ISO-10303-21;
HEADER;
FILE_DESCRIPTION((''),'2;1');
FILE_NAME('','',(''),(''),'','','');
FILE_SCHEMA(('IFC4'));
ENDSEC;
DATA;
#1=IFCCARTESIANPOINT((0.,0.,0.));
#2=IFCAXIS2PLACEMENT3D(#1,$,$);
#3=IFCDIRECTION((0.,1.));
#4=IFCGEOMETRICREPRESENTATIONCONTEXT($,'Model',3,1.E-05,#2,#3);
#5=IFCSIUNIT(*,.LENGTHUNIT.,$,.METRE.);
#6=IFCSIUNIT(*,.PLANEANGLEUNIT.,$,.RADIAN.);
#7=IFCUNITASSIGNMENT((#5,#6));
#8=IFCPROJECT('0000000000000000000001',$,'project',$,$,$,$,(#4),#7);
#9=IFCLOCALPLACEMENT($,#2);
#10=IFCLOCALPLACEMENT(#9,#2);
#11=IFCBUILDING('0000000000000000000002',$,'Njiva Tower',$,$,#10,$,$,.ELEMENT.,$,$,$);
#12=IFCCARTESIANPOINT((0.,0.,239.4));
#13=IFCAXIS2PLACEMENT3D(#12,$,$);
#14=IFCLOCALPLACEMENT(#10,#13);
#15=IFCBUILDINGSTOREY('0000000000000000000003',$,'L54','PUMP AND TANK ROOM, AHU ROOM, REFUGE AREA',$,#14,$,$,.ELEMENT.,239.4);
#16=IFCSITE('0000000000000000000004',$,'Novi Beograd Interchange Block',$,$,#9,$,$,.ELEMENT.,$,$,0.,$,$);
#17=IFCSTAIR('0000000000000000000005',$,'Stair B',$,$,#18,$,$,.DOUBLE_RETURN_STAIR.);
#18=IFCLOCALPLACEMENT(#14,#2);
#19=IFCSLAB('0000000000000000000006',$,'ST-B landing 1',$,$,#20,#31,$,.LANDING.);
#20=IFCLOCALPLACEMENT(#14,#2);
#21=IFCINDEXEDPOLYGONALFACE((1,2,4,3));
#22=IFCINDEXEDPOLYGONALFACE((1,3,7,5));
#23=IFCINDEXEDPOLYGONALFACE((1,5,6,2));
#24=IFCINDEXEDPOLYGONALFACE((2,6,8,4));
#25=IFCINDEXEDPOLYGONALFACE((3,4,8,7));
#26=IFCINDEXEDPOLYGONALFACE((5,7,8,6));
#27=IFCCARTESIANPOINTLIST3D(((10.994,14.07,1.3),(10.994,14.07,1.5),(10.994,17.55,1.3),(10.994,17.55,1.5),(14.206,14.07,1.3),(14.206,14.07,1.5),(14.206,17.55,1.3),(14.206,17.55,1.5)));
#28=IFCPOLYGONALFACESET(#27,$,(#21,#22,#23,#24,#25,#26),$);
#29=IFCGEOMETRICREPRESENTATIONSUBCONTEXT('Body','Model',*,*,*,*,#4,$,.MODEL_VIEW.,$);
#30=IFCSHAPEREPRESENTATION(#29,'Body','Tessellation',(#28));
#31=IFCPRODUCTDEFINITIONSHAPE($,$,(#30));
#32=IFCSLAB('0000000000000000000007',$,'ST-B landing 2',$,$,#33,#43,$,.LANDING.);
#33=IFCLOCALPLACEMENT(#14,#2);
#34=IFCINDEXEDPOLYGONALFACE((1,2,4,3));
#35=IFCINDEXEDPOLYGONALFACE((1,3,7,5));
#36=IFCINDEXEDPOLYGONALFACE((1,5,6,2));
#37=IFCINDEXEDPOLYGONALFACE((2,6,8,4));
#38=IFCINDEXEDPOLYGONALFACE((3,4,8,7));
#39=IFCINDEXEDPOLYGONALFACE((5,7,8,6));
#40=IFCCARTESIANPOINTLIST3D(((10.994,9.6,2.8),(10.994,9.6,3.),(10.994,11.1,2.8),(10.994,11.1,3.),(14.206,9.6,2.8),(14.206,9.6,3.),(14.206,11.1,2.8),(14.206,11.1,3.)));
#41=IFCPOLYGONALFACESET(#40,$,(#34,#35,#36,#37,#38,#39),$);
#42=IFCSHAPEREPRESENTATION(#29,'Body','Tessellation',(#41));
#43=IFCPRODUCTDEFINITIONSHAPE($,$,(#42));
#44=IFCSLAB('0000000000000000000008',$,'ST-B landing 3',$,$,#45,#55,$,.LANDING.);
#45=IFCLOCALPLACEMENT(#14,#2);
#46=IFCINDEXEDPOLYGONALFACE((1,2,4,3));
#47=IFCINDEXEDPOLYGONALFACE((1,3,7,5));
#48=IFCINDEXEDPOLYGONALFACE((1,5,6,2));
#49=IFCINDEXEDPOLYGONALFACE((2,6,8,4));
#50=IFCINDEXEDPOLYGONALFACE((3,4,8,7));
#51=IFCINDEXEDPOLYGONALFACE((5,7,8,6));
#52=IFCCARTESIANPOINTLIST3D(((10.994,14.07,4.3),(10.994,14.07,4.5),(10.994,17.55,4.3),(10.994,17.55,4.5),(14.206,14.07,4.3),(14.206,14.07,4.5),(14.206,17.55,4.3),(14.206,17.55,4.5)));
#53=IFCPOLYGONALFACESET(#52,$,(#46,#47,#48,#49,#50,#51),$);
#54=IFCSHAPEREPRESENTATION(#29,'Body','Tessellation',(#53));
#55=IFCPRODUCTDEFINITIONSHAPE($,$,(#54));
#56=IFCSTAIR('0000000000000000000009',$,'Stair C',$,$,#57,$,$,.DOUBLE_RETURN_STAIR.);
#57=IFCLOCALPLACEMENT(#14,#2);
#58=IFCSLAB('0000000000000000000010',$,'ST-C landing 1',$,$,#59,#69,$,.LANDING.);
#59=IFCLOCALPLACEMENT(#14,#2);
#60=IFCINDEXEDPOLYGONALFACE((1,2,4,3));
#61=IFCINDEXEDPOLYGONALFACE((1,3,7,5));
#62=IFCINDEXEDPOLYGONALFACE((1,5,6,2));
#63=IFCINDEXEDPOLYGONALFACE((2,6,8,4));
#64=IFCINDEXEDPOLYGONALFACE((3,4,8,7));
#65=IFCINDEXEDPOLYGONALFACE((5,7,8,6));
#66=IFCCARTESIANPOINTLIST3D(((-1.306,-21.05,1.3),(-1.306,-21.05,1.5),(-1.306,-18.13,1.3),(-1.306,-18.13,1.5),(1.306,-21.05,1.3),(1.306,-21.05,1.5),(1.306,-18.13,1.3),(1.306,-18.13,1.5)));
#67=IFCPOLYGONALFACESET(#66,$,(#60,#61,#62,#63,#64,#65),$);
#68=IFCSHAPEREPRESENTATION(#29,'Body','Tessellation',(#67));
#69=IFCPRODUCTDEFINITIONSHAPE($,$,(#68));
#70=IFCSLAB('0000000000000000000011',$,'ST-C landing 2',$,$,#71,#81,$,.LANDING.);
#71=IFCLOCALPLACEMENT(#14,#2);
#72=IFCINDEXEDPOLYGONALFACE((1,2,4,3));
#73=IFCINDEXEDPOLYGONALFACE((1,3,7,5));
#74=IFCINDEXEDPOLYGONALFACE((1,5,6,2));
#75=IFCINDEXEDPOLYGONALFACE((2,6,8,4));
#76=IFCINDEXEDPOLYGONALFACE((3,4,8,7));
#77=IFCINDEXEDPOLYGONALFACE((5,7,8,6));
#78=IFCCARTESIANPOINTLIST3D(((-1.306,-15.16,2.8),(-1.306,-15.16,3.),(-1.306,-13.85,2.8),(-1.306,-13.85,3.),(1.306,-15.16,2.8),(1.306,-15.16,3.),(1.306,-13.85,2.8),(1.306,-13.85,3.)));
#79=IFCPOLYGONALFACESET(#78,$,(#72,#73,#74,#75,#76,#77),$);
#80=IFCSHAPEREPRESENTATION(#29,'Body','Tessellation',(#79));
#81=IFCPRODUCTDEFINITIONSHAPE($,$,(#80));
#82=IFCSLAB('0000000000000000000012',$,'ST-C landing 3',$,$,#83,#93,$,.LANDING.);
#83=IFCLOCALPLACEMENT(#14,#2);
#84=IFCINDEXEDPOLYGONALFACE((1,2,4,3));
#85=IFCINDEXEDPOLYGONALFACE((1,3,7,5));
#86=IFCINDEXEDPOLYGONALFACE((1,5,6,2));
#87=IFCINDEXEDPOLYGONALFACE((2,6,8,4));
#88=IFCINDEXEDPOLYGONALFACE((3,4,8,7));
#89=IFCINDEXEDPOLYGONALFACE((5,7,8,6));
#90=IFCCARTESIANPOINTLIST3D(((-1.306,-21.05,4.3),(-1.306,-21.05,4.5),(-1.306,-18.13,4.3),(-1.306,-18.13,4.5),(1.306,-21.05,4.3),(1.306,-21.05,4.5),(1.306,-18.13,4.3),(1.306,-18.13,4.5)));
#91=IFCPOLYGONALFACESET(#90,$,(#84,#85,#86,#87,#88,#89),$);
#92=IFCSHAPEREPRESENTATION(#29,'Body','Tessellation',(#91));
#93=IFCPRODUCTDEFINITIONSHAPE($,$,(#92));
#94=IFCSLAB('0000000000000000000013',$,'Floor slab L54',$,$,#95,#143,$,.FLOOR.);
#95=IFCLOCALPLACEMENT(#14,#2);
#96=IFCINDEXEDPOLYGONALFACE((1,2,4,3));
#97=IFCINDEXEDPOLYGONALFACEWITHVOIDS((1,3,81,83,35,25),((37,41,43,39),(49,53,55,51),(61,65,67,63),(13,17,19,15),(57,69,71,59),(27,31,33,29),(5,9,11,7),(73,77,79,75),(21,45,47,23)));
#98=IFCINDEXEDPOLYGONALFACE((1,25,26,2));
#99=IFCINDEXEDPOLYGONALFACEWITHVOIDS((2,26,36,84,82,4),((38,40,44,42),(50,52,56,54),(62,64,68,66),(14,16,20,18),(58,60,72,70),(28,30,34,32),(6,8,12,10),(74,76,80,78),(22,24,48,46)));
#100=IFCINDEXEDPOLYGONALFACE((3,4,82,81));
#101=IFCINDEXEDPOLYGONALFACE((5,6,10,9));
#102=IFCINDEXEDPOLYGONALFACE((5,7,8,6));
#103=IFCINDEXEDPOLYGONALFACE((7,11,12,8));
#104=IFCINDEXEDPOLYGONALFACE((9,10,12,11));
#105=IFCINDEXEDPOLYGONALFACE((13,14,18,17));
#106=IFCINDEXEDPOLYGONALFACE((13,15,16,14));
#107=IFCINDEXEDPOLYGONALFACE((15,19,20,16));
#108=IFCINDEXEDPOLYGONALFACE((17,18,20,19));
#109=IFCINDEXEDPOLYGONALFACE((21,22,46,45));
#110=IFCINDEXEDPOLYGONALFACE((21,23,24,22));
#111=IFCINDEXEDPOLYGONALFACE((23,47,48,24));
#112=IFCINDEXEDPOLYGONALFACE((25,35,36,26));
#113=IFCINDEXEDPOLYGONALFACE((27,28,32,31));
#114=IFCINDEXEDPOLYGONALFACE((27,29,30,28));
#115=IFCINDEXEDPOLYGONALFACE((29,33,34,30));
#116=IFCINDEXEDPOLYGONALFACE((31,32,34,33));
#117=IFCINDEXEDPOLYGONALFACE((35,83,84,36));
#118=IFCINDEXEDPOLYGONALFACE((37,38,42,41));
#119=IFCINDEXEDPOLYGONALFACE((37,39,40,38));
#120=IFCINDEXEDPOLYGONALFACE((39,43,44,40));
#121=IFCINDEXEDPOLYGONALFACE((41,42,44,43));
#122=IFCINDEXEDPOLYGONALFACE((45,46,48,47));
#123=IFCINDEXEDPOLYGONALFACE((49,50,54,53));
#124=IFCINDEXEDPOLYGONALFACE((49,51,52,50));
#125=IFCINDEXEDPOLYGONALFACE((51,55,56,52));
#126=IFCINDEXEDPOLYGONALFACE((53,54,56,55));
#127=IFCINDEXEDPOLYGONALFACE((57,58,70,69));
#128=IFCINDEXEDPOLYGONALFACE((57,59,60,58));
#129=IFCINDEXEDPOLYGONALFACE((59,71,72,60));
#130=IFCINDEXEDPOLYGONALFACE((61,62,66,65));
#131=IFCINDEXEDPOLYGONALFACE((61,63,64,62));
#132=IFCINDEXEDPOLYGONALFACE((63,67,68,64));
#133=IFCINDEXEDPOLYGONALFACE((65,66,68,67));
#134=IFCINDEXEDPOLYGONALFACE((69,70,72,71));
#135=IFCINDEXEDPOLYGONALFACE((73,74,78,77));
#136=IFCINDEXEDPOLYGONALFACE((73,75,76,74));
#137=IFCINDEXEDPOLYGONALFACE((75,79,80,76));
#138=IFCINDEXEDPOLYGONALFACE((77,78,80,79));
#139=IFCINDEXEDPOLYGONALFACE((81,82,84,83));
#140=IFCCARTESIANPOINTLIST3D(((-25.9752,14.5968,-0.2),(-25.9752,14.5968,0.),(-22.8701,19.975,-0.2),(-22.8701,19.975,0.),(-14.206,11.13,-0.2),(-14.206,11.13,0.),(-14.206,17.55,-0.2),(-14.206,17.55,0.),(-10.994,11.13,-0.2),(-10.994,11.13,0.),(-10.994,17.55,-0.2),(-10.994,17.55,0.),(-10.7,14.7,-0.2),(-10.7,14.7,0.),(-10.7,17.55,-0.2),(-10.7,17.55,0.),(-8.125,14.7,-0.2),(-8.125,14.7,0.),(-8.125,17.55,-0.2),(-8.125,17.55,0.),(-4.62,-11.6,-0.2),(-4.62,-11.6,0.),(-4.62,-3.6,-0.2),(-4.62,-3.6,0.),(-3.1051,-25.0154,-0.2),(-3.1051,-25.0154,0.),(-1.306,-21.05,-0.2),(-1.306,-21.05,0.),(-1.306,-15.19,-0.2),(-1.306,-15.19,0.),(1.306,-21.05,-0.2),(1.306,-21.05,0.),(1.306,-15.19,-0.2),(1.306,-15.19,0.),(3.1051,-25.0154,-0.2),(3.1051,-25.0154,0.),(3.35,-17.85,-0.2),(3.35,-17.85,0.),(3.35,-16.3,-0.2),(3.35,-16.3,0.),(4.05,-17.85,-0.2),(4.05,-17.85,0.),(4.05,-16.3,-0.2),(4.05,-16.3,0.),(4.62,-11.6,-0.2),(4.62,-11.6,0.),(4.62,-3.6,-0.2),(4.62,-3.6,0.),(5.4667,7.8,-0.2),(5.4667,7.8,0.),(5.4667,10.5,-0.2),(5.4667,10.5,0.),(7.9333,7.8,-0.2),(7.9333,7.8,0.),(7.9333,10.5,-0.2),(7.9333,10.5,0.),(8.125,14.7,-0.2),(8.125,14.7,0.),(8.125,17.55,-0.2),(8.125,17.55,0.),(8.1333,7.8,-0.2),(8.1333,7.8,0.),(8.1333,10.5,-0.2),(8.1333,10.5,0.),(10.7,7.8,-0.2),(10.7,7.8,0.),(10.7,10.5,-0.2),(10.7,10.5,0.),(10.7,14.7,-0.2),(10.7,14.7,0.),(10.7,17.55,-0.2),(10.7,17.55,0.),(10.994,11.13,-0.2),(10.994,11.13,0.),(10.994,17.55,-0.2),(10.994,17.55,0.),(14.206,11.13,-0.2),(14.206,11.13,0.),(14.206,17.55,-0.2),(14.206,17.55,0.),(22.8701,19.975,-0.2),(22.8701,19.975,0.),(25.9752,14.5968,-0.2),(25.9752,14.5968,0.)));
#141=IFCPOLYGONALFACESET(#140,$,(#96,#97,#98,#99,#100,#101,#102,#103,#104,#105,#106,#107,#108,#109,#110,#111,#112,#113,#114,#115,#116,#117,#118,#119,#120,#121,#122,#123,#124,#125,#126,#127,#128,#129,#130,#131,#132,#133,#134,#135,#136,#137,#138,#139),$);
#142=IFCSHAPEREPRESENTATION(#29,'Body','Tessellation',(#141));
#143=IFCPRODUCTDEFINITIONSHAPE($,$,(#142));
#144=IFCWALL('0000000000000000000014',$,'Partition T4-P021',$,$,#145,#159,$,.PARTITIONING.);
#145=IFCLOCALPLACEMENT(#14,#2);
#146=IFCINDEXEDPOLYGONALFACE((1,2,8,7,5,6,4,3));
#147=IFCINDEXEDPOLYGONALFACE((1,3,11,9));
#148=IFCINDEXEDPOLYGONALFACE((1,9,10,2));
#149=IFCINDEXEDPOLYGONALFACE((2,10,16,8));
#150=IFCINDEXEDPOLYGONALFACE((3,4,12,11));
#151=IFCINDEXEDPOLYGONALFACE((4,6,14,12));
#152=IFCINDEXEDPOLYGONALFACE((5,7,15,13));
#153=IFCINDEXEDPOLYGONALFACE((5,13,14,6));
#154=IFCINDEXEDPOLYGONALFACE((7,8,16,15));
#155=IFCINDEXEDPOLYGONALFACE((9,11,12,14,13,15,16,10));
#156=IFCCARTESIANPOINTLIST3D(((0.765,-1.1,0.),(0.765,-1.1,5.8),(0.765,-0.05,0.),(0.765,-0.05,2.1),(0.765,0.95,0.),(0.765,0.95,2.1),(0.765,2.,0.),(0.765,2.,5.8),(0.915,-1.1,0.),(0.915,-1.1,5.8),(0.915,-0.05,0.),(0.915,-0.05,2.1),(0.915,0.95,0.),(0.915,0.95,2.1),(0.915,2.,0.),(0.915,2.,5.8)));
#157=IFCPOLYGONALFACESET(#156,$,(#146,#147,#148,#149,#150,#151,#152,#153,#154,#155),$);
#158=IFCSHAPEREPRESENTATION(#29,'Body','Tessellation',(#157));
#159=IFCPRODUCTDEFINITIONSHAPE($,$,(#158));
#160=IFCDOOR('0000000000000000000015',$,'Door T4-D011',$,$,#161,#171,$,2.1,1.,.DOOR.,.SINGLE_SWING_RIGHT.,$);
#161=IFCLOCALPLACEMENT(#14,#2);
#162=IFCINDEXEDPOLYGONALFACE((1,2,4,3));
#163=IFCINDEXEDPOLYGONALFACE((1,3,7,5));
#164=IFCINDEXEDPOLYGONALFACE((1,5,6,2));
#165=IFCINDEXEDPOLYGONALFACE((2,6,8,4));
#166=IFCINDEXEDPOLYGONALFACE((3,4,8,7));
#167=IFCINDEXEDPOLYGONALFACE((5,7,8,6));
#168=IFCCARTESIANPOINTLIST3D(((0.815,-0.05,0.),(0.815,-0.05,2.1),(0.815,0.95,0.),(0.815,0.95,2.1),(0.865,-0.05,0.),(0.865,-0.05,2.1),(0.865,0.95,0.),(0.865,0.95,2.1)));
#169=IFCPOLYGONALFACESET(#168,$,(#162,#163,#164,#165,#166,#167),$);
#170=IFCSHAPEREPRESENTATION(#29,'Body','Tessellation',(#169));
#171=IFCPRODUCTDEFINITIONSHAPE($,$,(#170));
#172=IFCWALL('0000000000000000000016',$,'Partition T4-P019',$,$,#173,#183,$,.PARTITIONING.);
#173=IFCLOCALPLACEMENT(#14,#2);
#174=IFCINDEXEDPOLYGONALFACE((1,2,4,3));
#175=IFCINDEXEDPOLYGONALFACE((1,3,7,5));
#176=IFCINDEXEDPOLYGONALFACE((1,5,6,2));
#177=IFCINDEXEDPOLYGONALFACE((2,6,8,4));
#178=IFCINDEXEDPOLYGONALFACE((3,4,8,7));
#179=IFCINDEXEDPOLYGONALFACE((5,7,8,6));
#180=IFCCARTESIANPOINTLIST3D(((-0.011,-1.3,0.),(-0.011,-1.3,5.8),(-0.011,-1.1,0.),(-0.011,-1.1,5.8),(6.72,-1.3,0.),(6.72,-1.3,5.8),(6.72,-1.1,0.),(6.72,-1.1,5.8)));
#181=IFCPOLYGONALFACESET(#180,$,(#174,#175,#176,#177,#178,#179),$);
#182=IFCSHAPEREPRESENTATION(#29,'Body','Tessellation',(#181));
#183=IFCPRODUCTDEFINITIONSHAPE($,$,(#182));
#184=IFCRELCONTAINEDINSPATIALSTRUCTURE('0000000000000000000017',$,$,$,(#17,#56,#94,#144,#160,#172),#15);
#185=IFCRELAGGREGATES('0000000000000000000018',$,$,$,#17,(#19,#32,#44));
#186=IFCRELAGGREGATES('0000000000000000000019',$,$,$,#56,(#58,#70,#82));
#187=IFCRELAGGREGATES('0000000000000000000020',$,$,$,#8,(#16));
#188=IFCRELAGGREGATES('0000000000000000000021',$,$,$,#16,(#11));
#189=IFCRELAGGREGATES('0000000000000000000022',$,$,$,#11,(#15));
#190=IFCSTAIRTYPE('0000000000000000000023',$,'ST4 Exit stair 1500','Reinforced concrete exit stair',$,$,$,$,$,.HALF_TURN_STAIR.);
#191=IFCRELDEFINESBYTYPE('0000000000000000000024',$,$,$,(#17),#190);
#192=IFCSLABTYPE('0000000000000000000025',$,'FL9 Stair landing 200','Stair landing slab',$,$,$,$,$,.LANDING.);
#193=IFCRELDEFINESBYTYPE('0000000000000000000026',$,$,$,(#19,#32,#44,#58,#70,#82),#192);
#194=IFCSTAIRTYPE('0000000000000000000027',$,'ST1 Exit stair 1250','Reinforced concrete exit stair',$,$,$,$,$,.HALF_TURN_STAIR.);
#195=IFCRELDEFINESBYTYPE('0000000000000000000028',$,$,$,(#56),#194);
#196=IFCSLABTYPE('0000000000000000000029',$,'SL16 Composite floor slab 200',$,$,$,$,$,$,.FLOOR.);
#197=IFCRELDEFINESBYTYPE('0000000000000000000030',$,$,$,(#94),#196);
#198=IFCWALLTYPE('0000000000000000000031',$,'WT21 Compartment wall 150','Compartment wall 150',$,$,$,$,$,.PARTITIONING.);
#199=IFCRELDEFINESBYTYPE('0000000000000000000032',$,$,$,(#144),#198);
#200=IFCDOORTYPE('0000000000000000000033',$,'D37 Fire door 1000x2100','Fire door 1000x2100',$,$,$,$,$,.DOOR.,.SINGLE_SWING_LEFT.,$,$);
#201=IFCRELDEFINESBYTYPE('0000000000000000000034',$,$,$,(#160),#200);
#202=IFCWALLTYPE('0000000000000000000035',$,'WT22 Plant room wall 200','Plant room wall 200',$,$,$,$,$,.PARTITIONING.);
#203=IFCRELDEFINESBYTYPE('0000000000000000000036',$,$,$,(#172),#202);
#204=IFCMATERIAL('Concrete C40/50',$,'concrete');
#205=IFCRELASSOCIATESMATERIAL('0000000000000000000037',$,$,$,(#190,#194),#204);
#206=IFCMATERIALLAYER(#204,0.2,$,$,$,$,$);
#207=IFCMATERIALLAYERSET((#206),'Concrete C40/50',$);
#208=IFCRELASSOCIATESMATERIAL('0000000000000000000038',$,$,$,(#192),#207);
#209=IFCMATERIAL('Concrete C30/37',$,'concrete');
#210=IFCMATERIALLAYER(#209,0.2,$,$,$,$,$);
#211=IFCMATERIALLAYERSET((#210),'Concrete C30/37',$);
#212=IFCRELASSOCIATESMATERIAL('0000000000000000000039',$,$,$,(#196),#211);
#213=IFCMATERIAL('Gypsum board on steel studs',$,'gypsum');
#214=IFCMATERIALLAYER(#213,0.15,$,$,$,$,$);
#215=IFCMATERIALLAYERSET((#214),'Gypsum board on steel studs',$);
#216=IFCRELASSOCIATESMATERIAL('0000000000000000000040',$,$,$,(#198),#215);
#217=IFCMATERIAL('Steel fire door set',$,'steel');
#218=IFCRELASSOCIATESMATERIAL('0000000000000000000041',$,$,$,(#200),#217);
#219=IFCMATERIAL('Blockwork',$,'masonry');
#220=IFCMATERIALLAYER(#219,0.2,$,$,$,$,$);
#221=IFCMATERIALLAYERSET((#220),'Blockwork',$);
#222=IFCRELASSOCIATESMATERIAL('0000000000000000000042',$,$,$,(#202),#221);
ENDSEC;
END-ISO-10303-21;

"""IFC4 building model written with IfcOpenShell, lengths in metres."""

from ifc_helpers import new_model, si_unit, direction, frame, frame_2d, origin, place, context, subcontext, project, spatial, polyline, rectangle, outline, extrude, material, layer, layer_set, type_object, element, fill, aggregate, save


model = new_model("IFC4")

# Units and contexts
model_context = context("Model", 3, precision=1e-05, world=origin(), true_north=direction((0.0, 1.0)))
body_context = subcontext(model_context, "Body", "Model", "MODEL_VIEW")
ifc_project = project(units=[si_unit("LENGTHUNIT", "METRE"), si_unit("PLANEANGLEUNIT", "RADIAN")], contexts=[model_context])

# Site, building, storey
site_placement = place(None, origin())
site = spatial("IfcSite", under=ifc_project, at=site_placement, Name="Novi Beograd Interchange Block", CompositionType="ELEMENT", RefElevation=0.0)
building_placement = place(site_placement, origin())
building = spatial("IfcBuilding", under=site, at=building_placement, Name="Njiva Tower", CompositionType="ELEMENT")
storey_placement = place(building_placement, frame((0.0, 0.0, 239.4)))
storey = spatial("IfcBuildingStorey", under=building, at=storey_placement, Name="L54", Description="PUMP AND TANK ROOM, AHU ROOM, REFUGE AREA", CompositionType="ELEMENT", Elevation=239.4)

# Stairs, slabs
ifc_material_1 = material(Name="Concrete C40/50", Category="concrete")
stair_type_1 = type_object("IfcStairType", Name="ST4 Exit stair 1500", Description="Reinforced concrete exit stair", PredefinedType="HALF_TURN_STAIR", material=ifc_material_1)
ifc_layer_1 = layer(ifc_material_1, 0.2)
ifc_layer_set_1 = layer_set([ifc_layer_1], Name="Concrete C40/50")
slab_type_1 = type_object("IfcSlabType", Name="FL9 Stair landing 200", Description="Stair landing slab", PredefinedType="LANDING", material=ifc_layer_set_1)
stair_1_placement = place(storey_placement, origin())
stair_1 = element("IfcStair", 1, at=stair_1_placement, inside=storey, type_object=stair_type_1, Name="Stair B", PredefinedType="DOUBLE_RETURN_STAIR")
slab_1_placement = place(storey_placement, frame((0.0, 0.0, 1.3)))
slab_1 = element("IfcSlab", 2, at=slab_1_placement, type_object=slab_type_1, Name="ST-B landing 1", PredefinedType="LANDING", context=body_context, shape_type="SweptSolid", body=[
    extrude(outline(polyline([(10.994, 14.07), (14.206, 14.07), (14.206, 17.55), (10.994, 17.55), (10.994, 14.07)])), origin(), (0.0, 0.0, 1.0), 0.2),
])
slab_2_placement = place(storey_placement, frame((0.0, 0.0, 2.8)))
slab_2 = element("IfcSlab", 3, at=slab_2_placement, type_object=slab_type_1, Name="ST-B landing 2", PredefinedType="LANDING", context=body_context, shape_type="SweptSolid", body=[
    extrude(outline(polyline([(10.994, 9.6), (14.206, 9.6), (14.206, 11.1), (10.994, 11.1), (10.994, 9.6)])), origin(), (0.0, 0.0, 1.0), 0.2),
])
slab_3_placement = place(storey_placement, frame((0.0, 0.0, 4.3)))
slab_3 = element("IfcSlab", 4, at=slab_3_placement, type_object=slab_type_1, Name="ST-B landing 3", PredefinedType="LANDING", context=body_context, shape_type="SweptSolid", body=[
    extrude(outline(polyline([(10.994, 14.07), (14.206, 14.07), (14.206, 17.55), (10.994, 17.55), (10.994, 14.07)])), origin(), (0.0, 0.0, 1.0), 0.2),
])
aggregate(stair_1, [slab_1, slab_2, slab_3])
stair_type_2 = type_object("IfcStairType", Name="ST1 Exit stair 1250", Description="Reinforced concrete exit stair", PredefinedType="HALF_TURN_STAIR", material=ifc_material_1)
stair_2_placement = place(storey_placement, origin())
stair_2 = element("IfcStair", 5, at=stair_2_placement, inside=storey, type_object=stair_type_2, Name="Stair C", PredefinedType="DOUBLE_RETURN_STAIR")
slab_4_placement = place(storey_placement, frame((0.0, 0.0, 1.3)))
slab_4 = element("IfcSlab", 6, at=slab_4_placement, type_object=slab_type_1, Name="ST-C landing 1", PredefinedType="LANDING", context=body_context, shape_type="SweptSolid", body=[
    extrude(outline(polyline([(-1.306, -21.05), (1.306, -21.05), (1.306, -18.13), (-1.306, -18.13), (-1.306, -21.05)])), origin(), (0.0, 0.0, 1.0), 0.2),
])
slab_5_placement = place(storey_placement, frame((0.0, 0.0, 2.8)))
slab_5 = element("IfcSlab", 7, at=slab_5_placement, type_object=slab_type_1, Name="ST-C landing 2", PredefinedType="LANDING", context=body_context, shape_type="SweptSolid", body=[
    extrude(outline(polyline([(-1.306, -15.16), (1.306, -15.16), (1.306, -13.85), (-1.306, -13.85), (-1.306, -15.16)])), origin(), (0.0, 0.0, 1.0), 0.2),
])
slab_6_placement = place(storey_placement, frame((0.0, 0.0, 4.3)))
slab_6 = element("IfcSlab", 8, at=slab_6_placement, type_object=slab_type_1, Name="ST-C landing 3", PredefinedType="LANDING", context=body_context, shape_type="SweptSolid", body=[
    extrude(outline(polyline([(-1.306, -21.05), (1.306, -21.05), (1.306, -18.13), (-1.306, -18.13), (-1.306, -21.05)])), origin(), (0.0, 0.0, 1.0), 0.2),
])
aggregate(stair_2, [slab_4, slab_5, slab_6])

# Slab
ifc_material_2 = material(Name="Concrete C30/37", Category="concrete")
ifc_layer_2 = layer(ifc_material_2, 0.2)
ifc_layer_set_2 = layer_set([ifc_layer_2], Name="Concrete C30/37")
slab_type_2 = type_object("IfcSlabType", Name="SL16 Composite floor slab 200", PredefinedType="FLOOR", material=ifc_layer_set_2)
slab_7_placement = place(storey_placement, frame((0.0, 0.0, -0.2)))
element("IfcSlab", 9, at=slab_7_placement, inside=storey, type_object=slab_type_2, Name="Floor slab L54", PredefinedType="FLOOR", context=body_context, shape_type="SweptSolid", body=[
    extrude(outline(polyline([(25.9752, 14.5968), (3.1051, -25.0154), (-3.1051, -25.0154), (-25.9752, 14.5968), (-22.8701, 19.975), (22.8701, 19.975), (25.9752, 14.5968)]), holes=[polyline([(14.206, 11.13), (14.206, 17.55), (10.994, 17.55), (10.994, 11.13), (14.206, 11.13)]), polyline([(8.125, 14.7), (10.7, 14.7), (10.7, 17.55), (8.125, 17.55), (8.125, 14.7)]), polyline([(10.7, 7.8), (10.7, 10.5), (8.1333, 10.5), (8.1333, 7.8), (10.7, 7.8)]), polyline([(7.9333, 7.8), (7.9333, 10.5), (5.4667, 10.5), (5.4667, 7.8), (7.9333, 7.8)]), polyline([(4.62, -3.6), (-4.62, -3.6), (-4.62, -11.6), (4.62, -11.6), (4.62, -3.6)]), polyline([(4.05, -17.85), (4.05, -16.3), (3.35, -16.3), (3.35, -17.85), (4.05, -17.85)]), polyline([(1.306, -21.05), (1.306, -15.19), (-1.306, -15.19), (-1.306, -21.05), (1.306, -21.05)]), polyline([(-10.7, 14.7), (-8.125, 14.7), (-8.125, 17.55), (-10.7, 17.55), (-10.7, 14.7)]), polyline([(-10.994, 11.13), (-10.994, 17.55), (-14.206, 17.55), (-14.206, 11.13), (-10.994, 11.13)])]), origin(), (0.0, 0.0, 1.0), 0.2),
])

# Wall, opening, door
ifc_material_3 = material(Name="Gypsum board on steel studs", Category="gypsum")
ifc_layer_3 = layer(ifc_material_3, 0.15)
ifc_layer_set_3 = layer_set([ifc_layer_3], Name="Gypsum board on steel studs")
wall_type_1 = type_object("IfcWallType", Name="WT21 Compartment wall 150", Description="Compartment wall 150", PredefinedType="PARTITIONING", material=ifc_layer_set_3)
wall_1_placement = place(storey_placement, frame((0.84, -1.1, 0.0), z_axis=(0.0, 0.0, 1.0), x_axis=(0.0, 1.0, 0.0)))
wall_1 = element("IfcWall", 10, at=wall_1_placement, inside=storey, type_object=wall_type_1, Name="Partition T4-P021", PredefinedType="PARTITIONING", context=body_context, shape_type="SweptSolid", body=[
    extrude(rectangle(XDim=3.1, YDim=0.15, at=frame_2d((1.55, 0.0))), origin(), (0.0, 0.0, 1.0), 5.8),
])
opening_placement = place(wall_1_placement, frame((1.05, 0.0, 0.0)))
opening = element("IfcOpeningElement", 11, at=opening_placement, cuts=wall_1, PredefinedType="OPENING", context=body_context, shape_type="SweptSolid", body=[
    extrude(rectangle(XDim=1.0, YDim=2.1, at=frame_2d((0.5, 1.05))), frame((0.0, 0.085, 0.0), z_axis=(0.0, -1.0, 0.0), x_axis=(1.0, 0.0, 0.0)), (0.0, 0.0, 1.0), 0.17),
])
ifc_material_4 = material(Name="Steel fire door set", Category="steel")
door_type = type_object("IfcDoorType", Name="D37 Fire door 1000x2100", Description="Fire door 1000x2100", OperationType="SINGLE_SWING_LEFT", PredefinedType="DOOR", material=ifc_material_4)
door_placement = place(opening_placement, origin())
door = element("IfcDoor", 12, at=door_placement, inside=storey, type_object=door_type, Name="Door T4-D011", OperationType="SINGLE_SWING_RIGHT", OverallHeight=2.1, OverallWidth=1.0, PredefinedType="DOOR", context=body_context, shape_type="SweptSolid", body=[
    extrude(rectangle(XDim=1.0, YDim=2.1, at=frame_2d((0.5, 1.05))), frame((0.0, 0.025, 0.0), z_axis=(0.0, -1.0, 0.0), x_axis=(1.0, 0.0, 0.0)), (0.0, 0.0, 1.0), 0.05),
])
fill(opening, door)

# Wall
ifc_material_5 = material(Name="Blockwork", Category="masonry")
ifc_layer_4 = layer(ifc_material_5, 0.2)
ifc_layer_set_4 = layer_set([ifc_layer_4], Name="Blockwork")
wall_type_2 = type_object("IfcWallType", Name="WT22 Plant room wall 200", Description="Plant room wall 200", PredefinedType="PARTITIONING", material=ifc_layer_set_4)
wall_2_placement = place(storey_placement, frame((-0.011, -1.2, 0.0), z_axis=(0.0, 0.0, 1.0), x_axis=(1.0, 0.0, 0.0)))
element("IfcWall", 13, at=wall_2_placement, inside=storey, type_object=wall_type_2, Name="Partition T4-P019", PredefinedType="PARTITIONING", context=body_context, shape_type="SweptSolid", body=[
    extrude(rectangle(XDim=6.731, YDim=0.2, at=frame_2d((3.3655, 0.0))), origin(), (0.0, 0.0, 1.0), 5.8),
])

save(model, "model.ifc")
